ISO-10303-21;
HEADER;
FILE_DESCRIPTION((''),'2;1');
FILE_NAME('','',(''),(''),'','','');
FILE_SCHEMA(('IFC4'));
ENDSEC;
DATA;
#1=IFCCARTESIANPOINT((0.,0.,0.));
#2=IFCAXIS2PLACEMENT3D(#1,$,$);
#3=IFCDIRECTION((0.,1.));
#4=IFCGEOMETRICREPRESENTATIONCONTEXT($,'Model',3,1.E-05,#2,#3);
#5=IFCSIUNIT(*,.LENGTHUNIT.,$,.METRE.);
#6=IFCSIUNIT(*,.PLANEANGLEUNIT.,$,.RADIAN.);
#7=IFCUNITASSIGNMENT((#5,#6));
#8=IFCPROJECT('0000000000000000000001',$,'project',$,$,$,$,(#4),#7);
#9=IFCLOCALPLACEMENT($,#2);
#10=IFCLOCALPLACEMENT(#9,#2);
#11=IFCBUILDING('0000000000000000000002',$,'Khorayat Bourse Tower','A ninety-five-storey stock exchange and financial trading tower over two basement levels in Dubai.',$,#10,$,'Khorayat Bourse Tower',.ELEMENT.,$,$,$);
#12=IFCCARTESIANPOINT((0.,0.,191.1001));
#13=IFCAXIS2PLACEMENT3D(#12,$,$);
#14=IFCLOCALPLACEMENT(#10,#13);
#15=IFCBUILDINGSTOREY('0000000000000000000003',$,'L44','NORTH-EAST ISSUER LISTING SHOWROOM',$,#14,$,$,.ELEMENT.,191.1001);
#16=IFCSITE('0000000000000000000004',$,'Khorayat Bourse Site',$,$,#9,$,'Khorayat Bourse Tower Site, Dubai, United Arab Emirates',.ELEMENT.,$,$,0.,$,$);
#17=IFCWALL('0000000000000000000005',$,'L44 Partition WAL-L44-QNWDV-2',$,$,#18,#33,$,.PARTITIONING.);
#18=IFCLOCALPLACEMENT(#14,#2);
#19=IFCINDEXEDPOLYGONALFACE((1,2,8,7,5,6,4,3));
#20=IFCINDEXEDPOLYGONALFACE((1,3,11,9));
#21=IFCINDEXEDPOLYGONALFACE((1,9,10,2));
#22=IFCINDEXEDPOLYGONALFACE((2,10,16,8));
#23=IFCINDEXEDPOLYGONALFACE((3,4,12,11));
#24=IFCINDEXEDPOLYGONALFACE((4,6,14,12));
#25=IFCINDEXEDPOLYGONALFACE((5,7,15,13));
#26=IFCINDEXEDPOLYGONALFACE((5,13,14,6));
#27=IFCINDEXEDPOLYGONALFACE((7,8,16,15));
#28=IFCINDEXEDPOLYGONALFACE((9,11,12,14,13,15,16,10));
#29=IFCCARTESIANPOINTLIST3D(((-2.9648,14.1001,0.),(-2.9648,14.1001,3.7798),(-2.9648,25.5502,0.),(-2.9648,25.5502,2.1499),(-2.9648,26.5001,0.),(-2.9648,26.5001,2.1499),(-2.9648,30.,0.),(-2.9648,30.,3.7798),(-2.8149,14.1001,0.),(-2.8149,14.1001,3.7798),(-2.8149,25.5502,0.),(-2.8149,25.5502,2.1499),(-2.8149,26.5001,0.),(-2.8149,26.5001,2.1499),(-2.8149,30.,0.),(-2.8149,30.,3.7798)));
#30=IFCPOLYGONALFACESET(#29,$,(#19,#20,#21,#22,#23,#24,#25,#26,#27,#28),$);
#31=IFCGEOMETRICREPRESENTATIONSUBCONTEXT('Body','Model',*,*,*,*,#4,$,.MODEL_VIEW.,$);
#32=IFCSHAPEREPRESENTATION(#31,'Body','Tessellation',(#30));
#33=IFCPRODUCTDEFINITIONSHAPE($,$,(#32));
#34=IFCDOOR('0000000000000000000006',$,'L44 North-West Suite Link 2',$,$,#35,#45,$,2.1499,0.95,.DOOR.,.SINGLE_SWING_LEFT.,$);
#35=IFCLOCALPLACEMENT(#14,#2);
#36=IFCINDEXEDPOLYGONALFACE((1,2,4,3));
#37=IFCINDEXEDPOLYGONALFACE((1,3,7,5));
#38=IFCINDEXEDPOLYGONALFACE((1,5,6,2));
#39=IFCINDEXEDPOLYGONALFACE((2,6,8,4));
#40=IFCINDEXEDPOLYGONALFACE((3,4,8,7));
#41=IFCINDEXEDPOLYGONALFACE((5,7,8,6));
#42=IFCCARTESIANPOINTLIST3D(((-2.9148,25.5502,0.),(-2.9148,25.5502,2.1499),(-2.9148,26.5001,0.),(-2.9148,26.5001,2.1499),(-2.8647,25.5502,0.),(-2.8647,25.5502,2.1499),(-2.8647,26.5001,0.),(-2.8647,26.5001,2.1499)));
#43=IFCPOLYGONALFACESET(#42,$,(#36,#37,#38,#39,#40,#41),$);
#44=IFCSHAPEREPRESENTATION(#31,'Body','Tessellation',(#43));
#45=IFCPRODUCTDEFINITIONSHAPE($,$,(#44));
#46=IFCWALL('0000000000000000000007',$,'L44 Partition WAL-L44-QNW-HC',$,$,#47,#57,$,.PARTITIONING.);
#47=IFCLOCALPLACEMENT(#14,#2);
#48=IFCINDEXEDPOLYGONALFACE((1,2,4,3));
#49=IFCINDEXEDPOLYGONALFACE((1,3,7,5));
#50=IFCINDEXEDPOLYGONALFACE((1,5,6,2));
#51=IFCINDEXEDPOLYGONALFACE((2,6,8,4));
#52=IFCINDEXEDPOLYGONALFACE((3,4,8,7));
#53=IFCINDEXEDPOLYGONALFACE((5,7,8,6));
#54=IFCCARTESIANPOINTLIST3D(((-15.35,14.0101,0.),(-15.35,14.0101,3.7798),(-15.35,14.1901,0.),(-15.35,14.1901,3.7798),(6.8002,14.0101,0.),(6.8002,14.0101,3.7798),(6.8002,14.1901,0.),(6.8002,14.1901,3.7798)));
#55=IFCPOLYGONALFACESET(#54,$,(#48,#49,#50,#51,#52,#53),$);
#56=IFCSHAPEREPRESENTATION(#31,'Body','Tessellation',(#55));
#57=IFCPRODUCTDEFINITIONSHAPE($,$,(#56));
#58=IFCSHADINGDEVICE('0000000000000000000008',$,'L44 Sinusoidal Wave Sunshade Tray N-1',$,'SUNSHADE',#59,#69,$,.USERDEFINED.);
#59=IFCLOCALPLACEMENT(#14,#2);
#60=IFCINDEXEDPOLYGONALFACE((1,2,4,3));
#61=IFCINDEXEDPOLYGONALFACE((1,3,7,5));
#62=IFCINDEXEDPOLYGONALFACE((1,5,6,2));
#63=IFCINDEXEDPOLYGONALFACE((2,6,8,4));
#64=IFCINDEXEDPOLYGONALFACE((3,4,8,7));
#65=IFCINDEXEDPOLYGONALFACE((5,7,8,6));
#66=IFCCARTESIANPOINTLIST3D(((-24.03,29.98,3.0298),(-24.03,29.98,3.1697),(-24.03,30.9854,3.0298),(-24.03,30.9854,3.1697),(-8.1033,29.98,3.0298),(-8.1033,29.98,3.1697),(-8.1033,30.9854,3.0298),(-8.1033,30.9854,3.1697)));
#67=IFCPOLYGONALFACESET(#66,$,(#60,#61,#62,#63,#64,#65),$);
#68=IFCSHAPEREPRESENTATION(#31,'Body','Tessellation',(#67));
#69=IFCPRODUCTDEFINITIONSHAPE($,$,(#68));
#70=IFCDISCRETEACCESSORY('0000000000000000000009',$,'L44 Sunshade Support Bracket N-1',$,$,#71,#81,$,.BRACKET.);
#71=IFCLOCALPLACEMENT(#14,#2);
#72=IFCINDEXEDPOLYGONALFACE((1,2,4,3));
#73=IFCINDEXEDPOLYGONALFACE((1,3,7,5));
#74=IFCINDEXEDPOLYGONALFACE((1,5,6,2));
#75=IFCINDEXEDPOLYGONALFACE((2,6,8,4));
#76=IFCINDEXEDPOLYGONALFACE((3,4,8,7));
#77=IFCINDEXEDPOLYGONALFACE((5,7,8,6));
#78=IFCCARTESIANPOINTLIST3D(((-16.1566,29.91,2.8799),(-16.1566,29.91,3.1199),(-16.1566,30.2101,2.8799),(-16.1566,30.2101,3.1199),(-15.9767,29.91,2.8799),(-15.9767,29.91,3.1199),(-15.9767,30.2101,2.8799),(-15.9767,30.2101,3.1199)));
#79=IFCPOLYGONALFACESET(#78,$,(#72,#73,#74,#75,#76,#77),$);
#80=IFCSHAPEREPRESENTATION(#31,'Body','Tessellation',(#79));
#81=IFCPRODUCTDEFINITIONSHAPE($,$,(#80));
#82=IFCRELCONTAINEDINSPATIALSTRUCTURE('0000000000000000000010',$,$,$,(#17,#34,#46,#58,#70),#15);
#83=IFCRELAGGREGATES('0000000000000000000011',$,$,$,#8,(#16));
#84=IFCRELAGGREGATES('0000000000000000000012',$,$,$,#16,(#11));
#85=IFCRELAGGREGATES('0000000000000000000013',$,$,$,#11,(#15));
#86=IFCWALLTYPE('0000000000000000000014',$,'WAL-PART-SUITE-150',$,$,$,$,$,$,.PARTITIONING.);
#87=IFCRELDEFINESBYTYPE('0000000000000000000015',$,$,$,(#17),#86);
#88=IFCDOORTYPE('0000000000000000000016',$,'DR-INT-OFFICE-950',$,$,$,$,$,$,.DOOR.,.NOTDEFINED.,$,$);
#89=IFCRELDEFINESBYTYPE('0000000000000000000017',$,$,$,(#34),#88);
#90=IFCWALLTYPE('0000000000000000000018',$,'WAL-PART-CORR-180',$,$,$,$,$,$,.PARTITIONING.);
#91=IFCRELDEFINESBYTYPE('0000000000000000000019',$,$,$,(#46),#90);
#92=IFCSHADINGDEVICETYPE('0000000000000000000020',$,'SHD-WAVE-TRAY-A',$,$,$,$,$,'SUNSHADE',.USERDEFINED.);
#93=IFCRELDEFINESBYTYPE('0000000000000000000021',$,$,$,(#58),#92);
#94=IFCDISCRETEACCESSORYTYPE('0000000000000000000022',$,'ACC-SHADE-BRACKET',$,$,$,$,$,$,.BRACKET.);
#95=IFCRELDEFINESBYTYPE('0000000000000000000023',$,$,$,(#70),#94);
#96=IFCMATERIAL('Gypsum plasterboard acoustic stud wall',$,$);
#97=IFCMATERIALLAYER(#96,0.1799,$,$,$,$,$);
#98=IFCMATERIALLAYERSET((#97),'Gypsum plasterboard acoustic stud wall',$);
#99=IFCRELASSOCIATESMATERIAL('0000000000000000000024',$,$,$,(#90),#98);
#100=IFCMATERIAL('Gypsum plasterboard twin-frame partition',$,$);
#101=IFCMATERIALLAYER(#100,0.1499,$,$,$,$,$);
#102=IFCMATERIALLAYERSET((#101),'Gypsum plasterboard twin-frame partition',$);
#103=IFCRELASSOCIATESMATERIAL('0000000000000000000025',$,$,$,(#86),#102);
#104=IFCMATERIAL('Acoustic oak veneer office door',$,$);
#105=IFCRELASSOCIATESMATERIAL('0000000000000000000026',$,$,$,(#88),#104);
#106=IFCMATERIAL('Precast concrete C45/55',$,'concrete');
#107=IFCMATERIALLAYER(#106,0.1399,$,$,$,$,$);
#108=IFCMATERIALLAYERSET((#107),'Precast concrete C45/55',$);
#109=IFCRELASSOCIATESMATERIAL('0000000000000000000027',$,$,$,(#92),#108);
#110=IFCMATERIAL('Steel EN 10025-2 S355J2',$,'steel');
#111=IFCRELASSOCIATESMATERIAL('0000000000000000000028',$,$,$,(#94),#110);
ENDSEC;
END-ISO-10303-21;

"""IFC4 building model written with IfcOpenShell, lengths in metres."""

from ifc_helpers import new_model, si_unit, direction, frame, frame_2d, origin, origin_2d, place, context, subcontext, project, spatial, rectangle, extrude, source, transform, mapped, material, layer, layer_set, type_object, element, fill, save


model = new_model("IFC4")

# Units and contexts
model_context = context("Model", 3, precision=1e-05, world=origin(), true_north=direction((0.0, 1.0)))
body_context = subcontext(model_context, "Body", "Model", "MODEL_VIEW")
ifc_project = project(units=[si_unit("LENGTHUNIT", "METRE"), si_unit("PLANEANGLEUNIT", "RADIAN")], contexts=[model_context])

# Site, building, storey
site_placement = place(None, origin())
site = spatial("IfcSite", under=ifc_project, at=site_placement, Name="Khorayat Bourse Site", LongName="Khorayat Bourse Tower Site, Dubai, United Arab Emirates", CompositionType="ELEMENT", RefElevation=0.0)
building_placement = place(site_placement, origin())
building = spatial("IfcBuilding", under=site, at=building_placement, Name="Khorayat Bourse Tower", Description="A ninety-five-storey stock exchange and financial trading tower over two basement levels in Dubai.", LongName="Khorayat Bourse Tower", CompositionType="ELEMENT")
storey_placement = place(building_placement, frame((0.0, 0.0, 191.1001)))
storey = spatial("IfcBuildingStorey", under=building, at=storey_placement, Name="L44", Description="NORTH-EAST ISSUER LISTING SHOWROOM", CompositionType="ELEMENT", Elevation=191.1001)

# Shared definitions
ifc_material_1 = material(Name="Steel EN 10025-2 S355J2", Category="steel")

# Shared definitions
ifc_material_2 = material(Name="Gypsum plasterboard acoustic stud wall")
ifc_layer_1 = layer(ifc_material_2, 0.1799)
ifc_layer_set_1 = layer_set([ifc_layer_1], Name="Gypsum plasterboard acoustic stud wall")
wall_type_1 = type_object("IfcWallType", Name="WAL-PART-CORR-180", PredefinedType="PARTITIONING", material=ifc_layer_set_1)

# Wall, opening, door
ifc_material_3 = material(Name="Gypsum plasterboard twin-frame partition")
ifc_layer_2 = layer(ifc_material_3, 0.1499)
ifc_layer_set_2 = layer_set([ifc_layer_2], Name="Gypsum plasterboard twin-frame partition")
wall_type_2 = type_object("IfcWallType", Name="WAL-PART-SUITE-150", PredefinedType="PARTITIONING", material=ifc_layer_set_2)
shared_shape_1 = source(origin(), body_context, "Body", "SweptSolid", [
    extrude(rectangle(XDim=15.8999, YDim=0.1499, at=frame_2d((7.95, 0.0))), origin(), (0.0, 0.0, 1.0), 3.7798),
])
shared_shape_2 = source(origin(), body_context, "Body", "SweptSolid", [
    extrude(rectangle(XDim=0.95, YDim=2.1499, at=frame_2d((0.4751, 1.075))), frame((0.0, 0.085, 0.0), z_axis=(0.0, -1.0, 0.0), x_axis=(1.0, 0.0, 0.0)), (0.0, 0.0, 1.0), 0.1699),
])
ifc_material_4 = material(Name="Acoustic oak veneer office door")
door_type_1 = type_object("IfcDoorType", Name="DR-INT-OFFICE-950", OperationType="NOTDEFINED", PredefinedType="DOOR", material=ifc_material_4)
shared_shape_3 = source(origin(), body_context, "Body", "SweptSolid", [
    extrude(rectangle(XDim=0.95, YDim=2.1499, at=frame_2d((0.4751, 1.075))), frame((0.0, 0.0249, 0.0), z_axis=(0.0, -1.0, 0.0), x_axis=(1.0, 0.0, 0.0)), (0.0, 0.0, 1.0), 0.05),
])
wall_1_placement = place(storey_placement, frame((-2.8899, 14.1001, 0.0), z_axis=(0.0, 0.0, 1.0), x_axis=(0.0, 1.0, 0.0)))
wall_1 = element("IfcWall", 1, at=wall_1_placement, inside=storey, type_object=wall_type_2, Name="L44 Partition WAL-L44-QNWDV-2", PredefinedType="PARTITIONING", context=body_context, shape_type="MappedRepresentation", body=[
    mapped(shared_shape_1, transform((0.0, 0.0, 0.0), scale=1.0)),
])
opening_1_placement = place(wall_1_placement, frame((11.45, 0.0, 0.0)))
opening_1 = element("IfcOpeningElement", 2, at=opening_1_placement, cuts=wall_1, PredefinedType="OPENING", context=body_context, shape_type="MappedRepresentation", body=[
    mapped(shared_shape_2, transform((0.0, 0.0, 0.0), scale=1.0)),
])
door_1_placement = place(opening_1_placement, origin())
door_1 = element("IfcDoor", 3, at=door_1_placement, inside=storey, type_object=door_type_1, Name="L44 North-West Suite Link 2", OperationType="SINGLE_SWING_LEFT", OverallHeight=2.1499, OverallWidth=0.95, PredefinedType="DOOR", context=body_context, shape_type="MappedRepresentation", body=[
    mapped(shared_shape_3, transform((0.0, 0.0, 0.0), scale=1.0)),
])
fill(opening_1, door_1)

# Wall
shared_shape_4 = source(origin(), body_context, "Body", "SweptSolid", [
    extrude(rectangle(XDim=22.1501, YDim=0.1799, at=frame_2d((11.0752, 0.0))), origin(), (0.0, 0.0, 1.0), 3.7798),
])
wall_2_placement = place(storey_placement, frame((-15.3501, 14.1001, 0.0), z_axis=(0.0, 0.0, 1.0), x_axis=(1.0, 0.0, 0.0)))
element("IfcWall", 4, at=wall_2_placement, inside=storey, type_object=wall_type_1, Name="L44 Partition WAL-L44-QNW-HC", PredefinedType="PARTITIONING", context=body_context, shape_type="MappedRepresentation", body=[
    mapped(shared_shape_4, transform((0.0, 0.0, 0.0), scale=1.0)),
])

# Shading device
ifc_material_5 = material(Name="Precast concrete C45/55", Category="concrete")
ifc_layer_3 = layer(ifc_material_5, 0.1399)
ifc_layer_set_3 = layer_set([ifc_layer_3], Name="Precast concrete C45/55")
shading_device_type = type_object("IfcShadingDeviceType", Name="SHD-WAVE-TRAY-A", ElementType="SUNSHADE", PredefinedType="USERDEFINED", material=ifc_layer_set_3)
shared_shape_5 = source(origin(), body_context, "Body", "SweptSolid", [
    extrude(rectangle(XDim=15.9268, YDim=1.0054, at=origin_2d()), origin(), (0.0, 0.0, 1.0), 0.1399),
])
shading_device_placement = place(storey_placement, frame((-16.0667, 30.4827, 3.0298), z_axis=(0.0, 0.0, 1.0), x_axis=(1.0, 0.0, 0.0)))
element("IfcShadingDevice", 5, at=shading_device_placement, inside=storey, type_object=shading_device_type, Name="L44 Sinusoidal Wave Sunshade Tray N-1", ObjectType="SUNSHADE", PredefinedType="USERDEFINED", context=body_context, shape_type="MappedRepresentation", body=[
    mapped(shared_shape_5, transform((0.0, 0.0, 0.0), scale=1.0)),
])

# Discrete accessory
discrete_accessory_type = type_object("IfcDiscreteAccessoryType", Name="ACC-SHADE-BRACKET", PredefinedType="BRACKET", material=ifc_material_1)
shared_shape_6 = source(origin(), body_context, "Body", "SweptSolid", [
    extrude(rectangle(XDim=0.1799, YDim=0.3, at=origin_2d()), origin(), (0.0, 0.0, 1.0), 0.24),
])
discrete_accessory_placement = place(storey_placement, frame((-16.0667, 30.0601, 2.8799), z_axis=(0.0, 0.0, 1.0), x_axis=(1.0, 0.0, 0.0)))
element("IfcDiscreteAccessory", 6, at=discrete_accessory_placement, inside=storey, type_object=discrete_accessory_type, Name="L44 Sunshade Support Bracket N-1", PredefinedType="BRACKET", context=body_context, shape_type="MappedRepresentation", body=[
    mapped(shared_shape_6, transform((0.0, 0.0, 0.0), scale=1.0)),
])

save(model, "model.ifc")
